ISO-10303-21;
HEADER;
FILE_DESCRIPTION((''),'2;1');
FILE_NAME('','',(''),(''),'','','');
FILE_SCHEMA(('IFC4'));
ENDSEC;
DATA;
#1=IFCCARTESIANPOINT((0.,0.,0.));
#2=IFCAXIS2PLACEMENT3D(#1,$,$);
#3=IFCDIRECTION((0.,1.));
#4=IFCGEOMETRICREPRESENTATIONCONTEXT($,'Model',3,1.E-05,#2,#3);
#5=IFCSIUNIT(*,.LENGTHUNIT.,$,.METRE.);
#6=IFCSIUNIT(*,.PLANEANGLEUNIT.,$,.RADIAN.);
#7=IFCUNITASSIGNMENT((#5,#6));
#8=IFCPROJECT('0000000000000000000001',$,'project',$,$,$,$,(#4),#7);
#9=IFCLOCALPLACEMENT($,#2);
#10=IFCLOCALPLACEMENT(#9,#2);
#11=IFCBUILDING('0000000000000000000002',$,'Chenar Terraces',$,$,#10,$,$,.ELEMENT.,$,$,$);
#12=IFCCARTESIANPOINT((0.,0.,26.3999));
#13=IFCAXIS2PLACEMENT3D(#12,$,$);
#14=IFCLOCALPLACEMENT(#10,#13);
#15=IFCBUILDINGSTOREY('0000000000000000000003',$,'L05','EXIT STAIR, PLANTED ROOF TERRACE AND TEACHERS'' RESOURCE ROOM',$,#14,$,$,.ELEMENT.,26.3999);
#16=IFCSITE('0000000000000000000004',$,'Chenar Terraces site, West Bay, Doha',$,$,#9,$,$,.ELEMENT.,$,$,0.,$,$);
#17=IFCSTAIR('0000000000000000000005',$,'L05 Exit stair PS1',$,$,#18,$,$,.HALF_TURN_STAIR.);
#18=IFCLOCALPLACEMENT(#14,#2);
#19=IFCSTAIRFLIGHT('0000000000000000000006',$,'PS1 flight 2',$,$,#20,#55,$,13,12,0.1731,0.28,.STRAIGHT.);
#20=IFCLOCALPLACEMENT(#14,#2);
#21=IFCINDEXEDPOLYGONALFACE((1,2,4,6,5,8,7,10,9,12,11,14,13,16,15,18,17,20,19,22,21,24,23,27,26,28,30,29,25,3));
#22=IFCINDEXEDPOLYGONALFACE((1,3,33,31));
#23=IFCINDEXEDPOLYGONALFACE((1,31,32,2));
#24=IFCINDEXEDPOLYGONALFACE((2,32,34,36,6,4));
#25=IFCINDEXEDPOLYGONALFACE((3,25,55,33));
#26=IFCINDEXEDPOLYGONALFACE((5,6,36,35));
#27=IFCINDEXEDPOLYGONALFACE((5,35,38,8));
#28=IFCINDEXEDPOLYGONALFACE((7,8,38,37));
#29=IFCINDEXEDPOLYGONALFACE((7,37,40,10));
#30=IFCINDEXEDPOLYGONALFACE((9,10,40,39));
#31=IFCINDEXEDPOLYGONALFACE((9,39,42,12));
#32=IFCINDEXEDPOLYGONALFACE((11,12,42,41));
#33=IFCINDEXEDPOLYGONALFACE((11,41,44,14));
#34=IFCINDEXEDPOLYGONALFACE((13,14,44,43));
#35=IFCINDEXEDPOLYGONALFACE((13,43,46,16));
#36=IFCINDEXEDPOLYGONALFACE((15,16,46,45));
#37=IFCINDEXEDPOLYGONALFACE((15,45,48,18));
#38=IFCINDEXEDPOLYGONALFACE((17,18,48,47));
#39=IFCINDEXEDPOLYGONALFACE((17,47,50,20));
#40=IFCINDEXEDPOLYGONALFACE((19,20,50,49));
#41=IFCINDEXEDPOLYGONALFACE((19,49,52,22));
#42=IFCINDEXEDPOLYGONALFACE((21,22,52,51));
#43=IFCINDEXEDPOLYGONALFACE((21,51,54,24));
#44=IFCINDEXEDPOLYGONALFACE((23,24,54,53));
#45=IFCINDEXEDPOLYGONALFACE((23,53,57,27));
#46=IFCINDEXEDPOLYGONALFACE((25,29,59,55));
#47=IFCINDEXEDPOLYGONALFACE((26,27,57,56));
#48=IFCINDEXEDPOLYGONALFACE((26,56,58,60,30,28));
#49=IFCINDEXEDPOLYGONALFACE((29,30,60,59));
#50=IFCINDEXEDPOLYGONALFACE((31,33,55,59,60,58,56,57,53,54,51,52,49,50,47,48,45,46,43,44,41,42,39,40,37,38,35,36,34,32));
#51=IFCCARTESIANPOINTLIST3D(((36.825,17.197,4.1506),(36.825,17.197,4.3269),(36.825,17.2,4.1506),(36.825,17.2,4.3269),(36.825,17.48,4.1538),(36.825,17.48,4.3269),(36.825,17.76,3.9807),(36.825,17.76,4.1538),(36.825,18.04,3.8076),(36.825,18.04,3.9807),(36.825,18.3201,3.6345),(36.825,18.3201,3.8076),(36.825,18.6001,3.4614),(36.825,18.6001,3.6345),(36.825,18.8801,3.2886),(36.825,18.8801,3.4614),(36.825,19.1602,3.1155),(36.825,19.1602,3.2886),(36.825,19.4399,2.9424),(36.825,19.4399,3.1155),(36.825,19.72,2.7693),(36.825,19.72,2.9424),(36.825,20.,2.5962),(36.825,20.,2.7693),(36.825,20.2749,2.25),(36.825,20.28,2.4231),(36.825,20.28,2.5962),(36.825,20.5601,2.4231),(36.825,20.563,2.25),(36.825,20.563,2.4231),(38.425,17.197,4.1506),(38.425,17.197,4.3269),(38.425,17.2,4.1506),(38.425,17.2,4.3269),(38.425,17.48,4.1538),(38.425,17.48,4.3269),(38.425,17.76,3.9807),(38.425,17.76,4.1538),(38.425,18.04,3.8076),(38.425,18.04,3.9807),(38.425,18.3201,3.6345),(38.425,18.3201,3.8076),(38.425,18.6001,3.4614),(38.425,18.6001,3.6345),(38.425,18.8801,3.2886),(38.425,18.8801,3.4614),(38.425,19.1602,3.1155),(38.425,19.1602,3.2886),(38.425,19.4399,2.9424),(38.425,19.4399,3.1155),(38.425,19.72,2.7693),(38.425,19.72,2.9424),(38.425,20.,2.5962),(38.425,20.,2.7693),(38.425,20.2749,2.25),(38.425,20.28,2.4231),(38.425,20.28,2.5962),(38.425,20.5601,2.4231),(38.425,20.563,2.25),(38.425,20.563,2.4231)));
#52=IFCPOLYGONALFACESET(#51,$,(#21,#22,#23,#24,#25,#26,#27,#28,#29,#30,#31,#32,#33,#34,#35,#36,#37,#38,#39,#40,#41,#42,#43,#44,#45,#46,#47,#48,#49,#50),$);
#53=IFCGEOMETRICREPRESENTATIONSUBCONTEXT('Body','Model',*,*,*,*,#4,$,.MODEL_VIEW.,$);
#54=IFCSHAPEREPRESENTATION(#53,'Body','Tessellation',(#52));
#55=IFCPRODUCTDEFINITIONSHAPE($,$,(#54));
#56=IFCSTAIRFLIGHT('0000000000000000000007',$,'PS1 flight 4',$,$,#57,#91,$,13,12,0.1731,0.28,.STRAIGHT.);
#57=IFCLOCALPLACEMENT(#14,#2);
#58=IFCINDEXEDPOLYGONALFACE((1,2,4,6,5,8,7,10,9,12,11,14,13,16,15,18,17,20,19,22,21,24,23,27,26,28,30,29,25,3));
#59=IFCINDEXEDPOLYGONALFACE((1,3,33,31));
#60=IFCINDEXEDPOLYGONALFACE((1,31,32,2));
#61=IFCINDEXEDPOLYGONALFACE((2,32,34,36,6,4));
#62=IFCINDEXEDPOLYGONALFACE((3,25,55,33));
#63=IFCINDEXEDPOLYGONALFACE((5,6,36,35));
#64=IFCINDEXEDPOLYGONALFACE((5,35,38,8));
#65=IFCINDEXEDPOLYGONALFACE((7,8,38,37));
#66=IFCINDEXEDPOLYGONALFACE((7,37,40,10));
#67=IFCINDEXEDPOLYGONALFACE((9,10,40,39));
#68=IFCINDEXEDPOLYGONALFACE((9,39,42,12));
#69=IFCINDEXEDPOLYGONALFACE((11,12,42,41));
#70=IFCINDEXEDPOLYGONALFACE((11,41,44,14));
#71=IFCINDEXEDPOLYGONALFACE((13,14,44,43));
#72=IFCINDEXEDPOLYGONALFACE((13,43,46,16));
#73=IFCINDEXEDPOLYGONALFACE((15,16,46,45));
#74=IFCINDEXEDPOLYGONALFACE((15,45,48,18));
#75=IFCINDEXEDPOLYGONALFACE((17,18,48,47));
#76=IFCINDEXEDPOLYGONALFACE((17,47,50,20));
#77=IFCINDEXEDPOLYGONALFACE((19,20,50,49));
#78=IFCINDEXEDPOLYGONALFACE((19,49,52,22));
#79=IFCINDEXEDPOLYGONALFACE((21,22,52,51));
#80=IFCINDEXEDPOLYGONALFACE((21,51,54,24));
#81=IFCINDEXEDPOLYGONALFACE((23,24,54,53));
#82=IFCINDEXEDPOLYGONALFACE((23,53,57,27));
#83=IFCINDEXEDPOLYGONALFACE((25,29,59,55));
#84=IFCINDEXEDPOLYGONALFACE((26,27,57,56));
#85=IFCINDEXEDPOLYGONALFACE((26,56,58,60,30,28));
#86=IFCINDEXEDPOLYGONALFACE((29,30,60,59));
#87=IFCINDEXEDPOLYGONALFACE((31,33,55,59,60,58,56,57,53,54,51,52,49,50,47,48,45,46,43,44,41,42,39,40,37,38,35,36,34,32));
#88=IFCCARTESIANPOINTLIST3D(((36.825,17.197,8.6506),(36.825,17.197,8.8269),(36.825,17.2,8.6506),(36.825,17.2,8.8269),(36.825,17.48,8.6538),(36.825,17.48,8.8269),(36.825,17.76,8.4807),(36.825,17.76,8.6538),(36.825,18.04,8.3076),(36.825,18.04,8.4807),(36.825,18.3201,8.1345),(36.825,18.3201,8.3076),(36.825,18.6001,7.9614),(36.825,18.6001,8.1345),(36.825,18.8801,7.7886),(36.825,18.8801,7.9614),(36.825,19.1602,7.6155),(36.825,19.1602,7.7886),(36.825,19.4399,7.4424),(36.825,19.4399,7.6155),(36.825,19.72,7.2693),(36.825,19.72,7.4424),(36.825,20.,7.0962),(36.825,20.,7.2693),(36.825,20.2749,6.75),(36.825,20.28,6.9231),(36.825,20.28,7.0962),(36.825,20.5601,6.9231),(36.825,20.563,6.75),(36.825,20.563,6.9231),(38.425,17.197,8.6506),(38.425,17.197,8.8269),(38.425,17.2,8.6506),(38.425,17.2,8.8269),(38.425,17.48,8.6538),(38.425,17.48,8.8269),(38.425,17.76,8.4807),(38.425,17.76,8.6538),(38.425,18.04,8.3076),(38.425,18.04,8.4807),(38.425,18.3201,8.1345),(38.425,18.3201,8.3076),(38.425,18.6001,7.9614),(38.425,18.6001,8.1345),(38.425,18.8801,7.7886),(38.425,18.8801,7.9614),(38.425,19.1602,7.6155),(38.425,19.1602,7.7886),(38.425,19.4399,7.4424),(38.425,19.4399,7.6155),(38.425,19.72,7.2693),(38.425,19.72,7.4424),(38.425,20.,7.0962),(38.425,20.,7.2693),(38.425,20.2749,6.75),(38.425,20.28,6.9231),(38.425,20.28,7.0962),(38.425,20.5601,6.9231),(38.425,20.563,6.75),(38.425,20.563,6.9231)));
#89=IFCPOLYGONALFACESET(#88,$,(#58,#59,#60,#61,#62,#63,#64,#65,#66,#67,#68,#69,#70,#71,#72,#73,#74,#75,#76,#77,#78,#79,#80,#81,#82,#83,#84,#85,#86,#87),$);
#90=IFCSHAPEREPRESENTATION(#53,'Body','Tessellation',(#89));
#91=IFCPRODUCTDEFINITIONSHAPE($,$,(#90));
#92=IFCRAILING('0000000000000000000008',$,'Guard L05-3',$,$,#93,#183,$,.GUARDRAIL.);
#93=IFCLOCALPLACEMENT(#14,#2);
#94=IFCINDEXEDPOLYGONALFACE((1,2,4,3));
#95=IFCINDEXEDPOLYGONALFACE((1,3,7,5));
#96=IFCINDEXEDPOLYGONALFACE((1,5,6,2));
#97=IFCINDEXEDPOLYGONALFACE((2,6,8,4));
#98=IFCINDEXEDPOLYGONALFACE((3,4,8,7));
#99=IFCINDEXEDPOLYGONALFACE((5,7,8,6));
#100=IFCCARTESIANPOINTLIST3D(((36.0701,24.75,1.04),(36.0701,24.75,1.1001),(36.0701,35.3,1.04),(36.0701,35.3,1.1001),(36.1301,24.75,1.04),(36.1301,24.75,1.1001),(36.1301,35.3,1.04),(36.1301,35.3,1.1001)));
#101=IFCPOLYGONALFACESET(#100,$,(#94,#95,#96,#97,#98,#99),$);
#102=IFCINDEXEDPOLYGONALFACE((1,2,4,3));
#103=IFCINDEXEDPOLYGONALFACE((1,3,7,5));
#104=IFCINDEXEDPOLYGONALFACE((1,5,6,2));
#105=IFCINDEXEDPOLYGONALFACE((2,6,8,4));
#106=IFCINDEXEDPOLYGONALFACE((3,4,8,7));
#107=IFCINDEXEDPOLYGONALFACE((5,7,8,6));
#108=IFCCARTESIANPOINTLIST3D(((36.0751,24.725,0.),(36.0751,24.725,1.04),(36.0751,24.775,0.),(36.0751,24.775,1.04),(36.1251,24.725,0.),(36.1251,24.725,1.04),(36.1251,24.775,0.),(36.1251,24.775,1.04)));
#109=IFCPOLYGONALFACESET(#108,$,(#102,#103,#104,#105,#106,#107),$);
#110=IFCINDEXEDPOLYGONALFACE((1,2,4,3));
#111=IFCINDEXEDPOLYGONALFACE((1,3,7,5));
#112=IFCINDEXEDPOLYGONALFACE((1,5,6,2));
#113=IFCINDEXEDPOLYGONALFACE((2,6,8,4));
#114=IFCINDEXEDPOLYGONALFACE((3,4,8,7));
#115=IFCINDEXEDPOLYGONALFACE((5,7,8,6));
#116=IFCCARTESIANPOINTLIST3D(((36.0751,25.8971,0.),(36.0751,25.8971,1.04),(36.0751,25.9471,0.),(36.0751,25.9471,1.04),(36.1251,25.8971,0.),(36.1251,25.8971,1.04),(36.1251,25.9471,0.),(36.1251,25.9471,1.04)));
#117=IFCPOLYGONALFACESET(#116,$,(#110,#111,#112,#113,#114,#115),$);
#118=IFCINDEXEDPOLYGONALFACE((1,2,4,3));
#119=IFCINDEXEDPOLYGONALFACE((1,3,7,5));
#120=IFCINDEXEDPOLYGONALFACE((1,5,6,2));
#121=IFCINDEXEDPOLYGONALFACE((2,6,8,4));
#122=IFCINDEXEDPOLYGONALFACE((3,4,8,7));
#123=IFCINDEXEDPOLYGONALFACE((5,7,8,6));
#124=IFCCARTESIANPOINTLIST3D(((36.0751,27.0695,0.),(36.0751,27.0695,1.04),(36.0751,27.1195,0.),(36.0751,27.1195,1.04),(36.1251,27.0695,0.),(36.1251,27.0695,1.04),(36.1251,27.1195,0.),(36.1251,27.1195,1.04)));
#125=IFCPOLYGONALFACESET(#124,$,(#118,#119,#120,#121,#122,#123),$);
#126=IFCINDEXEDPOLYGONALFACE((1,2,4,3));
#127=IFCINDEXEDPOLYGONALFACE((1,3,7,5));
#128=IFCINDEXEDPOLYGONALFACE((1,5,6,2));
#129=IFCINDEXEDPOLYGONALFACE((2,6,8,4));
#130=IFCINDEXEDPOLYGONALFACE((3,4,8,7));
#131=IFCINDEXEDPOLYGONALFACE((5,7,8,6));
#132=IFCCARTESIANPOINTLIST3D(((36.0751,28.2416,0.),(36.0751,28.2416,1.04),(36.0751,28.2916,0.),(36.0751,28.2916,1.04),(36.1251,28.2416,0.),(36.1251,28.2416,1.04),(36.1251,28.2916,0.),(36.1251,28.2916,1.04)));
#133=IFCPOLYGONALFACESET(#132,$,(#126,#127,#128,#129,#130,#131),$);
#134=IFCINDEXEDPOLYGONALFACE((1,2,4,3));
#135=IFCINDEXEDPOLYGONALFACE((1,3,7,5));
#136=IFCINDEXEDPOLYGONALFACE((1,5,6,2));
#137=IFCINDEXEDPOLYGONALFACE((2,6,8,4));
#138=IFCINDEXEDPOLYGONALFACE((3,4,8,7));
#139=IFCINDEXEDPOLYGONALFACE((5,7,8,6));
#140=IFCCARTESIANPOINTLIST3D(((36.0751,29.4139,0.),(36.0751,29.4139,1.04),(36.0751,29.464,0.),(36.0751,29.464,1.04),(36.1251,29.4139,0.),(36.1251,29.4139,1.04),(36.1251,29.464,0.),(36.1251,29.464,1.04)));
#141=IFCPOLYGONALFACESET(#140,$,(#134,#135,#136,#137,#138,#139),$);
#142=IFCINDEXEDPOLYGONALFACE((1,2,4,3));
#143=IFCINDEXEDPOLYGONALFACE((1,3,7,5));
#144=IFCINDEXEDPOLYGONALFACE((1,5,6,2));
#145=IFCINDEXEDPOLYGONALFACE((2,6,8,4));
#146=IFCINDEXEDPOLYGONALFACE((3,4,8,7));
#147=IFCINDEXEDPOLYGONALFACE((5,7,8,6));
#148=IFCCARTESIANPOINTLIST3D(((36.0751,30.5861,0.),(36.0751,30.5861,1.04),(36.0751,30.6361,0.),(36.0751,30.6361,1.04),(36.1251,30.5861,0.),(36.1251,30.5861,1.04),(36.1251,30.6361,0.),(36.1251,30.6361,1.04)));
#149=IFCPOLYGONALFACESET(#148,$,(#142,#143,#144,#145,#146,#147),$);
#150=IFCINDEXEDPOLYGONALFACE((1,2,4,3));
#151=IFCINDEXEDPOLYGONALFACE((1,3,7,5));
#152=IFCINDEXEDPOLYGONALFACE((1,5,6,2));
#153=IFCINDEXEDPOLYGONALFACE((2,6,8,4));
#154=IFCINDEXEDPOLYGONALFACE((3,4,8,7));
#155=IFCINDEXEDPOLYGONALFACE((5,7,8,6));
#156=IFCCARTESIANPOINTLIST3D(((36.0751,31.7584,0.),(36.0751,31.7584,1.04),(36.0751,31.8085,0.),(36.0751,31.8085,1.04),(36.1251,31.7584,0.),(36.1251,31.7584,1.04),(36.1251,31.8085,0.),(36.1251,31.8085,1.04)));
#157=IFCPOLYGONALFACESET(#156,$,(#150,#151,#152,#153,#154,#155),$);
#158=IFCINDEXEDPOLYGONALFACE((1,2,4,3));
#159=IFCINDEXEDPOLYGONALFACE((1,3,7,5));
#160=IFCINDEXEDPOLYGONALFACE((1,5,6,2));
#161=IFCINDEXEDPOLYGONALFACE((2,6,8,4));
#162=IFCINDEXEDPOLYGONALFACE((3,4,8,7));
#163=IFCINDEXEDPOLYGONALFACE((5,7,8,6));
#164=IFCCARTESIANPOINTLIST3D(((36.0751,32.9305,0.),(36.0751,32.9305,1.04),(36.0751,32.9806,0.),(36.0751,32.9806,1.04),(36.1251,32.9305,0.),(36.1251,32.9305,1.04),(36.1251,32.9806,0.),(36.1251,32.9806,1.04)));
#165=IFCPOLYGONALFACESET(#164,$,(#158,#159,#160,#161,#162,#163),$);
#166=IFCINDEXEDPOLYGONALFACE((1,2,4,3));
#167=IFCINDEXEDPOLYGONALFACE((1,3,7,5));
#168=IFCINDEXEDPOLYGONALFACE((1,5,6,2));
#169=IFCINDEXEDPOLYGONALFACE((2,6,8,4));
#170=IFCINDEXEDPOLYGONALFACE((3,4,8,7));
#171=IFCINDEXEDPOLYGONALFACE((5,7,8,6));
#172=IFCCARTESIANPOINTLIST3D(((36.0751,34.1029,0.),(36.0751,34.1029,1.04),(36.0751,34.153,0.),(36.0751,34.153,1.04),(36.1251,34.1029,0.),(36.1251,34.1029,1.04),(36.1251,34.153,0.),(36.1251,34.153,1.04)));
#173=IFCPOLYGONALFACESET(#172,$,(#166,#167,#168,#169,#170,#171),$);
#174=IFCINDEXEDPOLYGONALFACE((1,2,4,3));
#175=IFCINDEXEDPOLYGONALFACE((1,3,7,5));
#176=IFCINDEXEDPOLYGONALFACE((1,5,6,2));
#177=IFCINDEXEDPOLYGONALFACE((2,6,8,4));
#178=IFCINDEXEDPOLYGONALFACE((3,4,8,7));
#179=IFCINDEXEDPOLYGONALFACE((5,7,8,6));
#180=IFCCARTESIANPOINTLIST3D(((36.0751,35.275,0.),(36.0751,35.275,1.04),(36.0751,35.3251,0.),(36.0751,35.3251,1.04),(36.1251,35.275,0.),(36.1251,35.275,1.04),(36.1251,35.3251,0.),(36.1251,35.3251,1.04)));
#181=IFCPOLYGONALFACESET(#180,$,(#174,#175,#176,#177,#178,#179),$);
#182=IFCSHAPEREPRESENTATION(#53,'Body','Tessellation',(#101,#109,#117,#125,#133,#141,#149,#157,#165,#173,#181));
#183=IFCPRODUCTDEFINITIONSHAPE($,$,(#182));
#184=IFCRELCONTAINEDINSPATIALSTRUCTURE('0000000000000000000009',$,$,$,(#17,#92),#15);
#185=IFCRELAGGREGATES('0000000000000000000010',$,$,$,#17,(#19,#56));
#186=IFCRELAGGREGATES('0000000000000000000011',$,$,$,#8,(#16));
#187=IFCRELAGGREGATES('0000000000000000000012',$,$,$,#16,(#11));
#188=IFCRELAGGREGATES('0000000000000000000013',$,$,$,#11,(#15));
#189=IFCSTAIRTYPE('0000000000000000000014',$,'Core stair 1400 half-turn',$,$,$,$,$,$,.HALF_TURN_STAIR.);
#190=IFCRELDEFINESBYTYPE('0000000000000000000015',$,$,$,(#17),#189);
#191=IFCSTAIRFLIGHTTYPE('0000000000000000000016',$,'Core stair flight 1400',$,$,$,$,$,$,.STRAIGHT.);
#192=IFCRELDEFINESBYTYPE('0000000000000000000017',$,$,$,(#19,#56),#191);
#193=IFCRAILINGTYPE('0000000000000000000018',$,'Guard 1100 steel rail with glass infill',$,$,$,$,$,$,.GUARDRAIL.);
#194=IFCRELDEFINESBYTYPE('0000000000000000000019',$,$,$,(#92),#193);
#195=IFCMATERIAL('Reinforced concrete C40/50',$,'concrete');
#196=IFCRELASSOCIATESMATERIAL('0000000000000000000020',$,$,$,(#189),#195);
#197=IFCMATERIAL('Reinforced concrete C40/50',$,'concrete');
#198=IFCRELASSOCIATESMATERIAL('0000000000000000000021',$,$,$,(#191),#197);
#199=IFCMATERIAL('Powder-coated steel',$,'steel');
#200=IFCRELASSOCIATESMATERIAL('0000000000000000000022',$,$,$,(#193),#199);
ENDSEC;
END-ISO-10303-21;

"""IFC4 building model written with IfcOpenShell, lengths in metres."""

from ifc_helpers import new_model, si_unit, direction, frame, origin, origin_2d, place, context, subcontext, project, spatial, polyline, rectangle, outline, extrude, material, type_object, element, aggregate, save


model = new_model("IFC4")

# Units and contexts
model_context = context("Model", 3, precision=1e-05, world=origin(), true_north=direction((0.0, 1.0)))
body_context = subcontext(model_context, "Body", "Model", "MODEL_VIEW")
ifc_project = project(units=[si_unit("LENGTHUNIT", "METRE"), si_unit("PLANEANGLEUNIT", "RADIAN")], contexts=[model_context])

# Site, building, storey
site_placement = place(None, origin())
site = spatial("IfcSite", under=ifc_project, at=site_placement, Name="Chenar Terraces site, West Bay, Doha", CompositionType="ELEMENT", RefElevation=0.0)
building_placement = place(site_placement, origin())
building = spatial("IfcBuilding", under=site, at=building_placement, Name="Chenar Terraces", CompositionType="ELEMENT")
storey_placement = place(building_placement, frame((0.0, 0.0, 26.3999)))
storey = spatial("IfcBuildingStorey", under=building, at=storey_placement, Name="L05", Description="EXIT STAIR, PLANTED ROOF TERRACE AND TEACHERS' RESOURCE ROOM", CompositionType="ELEMENT", Elevation=26.3999)

# Shared definitions
placement = place(storey_placement, origin())

# Stair, stair flights
ifc_material_1 = material(Name="Reinforced concrete C40/50", Category="concrete")
stair_type = type_object("IfcStairType", Name="Core stair 1400 half-turn", PredefinedType="HALF_TURN_STAIR", material=ifc_material_1)
stair = element("IfcStair", 1, at=placement, inside=storey, type_object=stair_type, Name="L05 Exit stair PS1", PredefinedType="HALF_TURN_STAIR")
ifc_material_2 = material(Name="Reinforced concrete C40/50", Category="concrete")
stair_flight_type = type_object("IfcStairFlightType", Name="Core stair flight 1400", PredefinedType="STRAIGHT", material=ifc_material_2)
stair_flight_1_placement = place(storey_placement, frame((37.625, 20.5601, 2.25), z_axis=(0.0, 0.0, 1.0), x_axis=(0.0, -1.0, 0.0)))
stair_flight_1 = element("IfcStairFlight", 2, at=stair_flight_1_placement, type_object=stair_flight_type, Name="PS1 flight 2", NumberOfRisers=13, NumberOfTreads=12, PredefinedType="STRAIGHT", RiserHeight=0.1731, TreadLength=0.28, context=body_context, shape_type="SweptSolid", body=[
    extrude(outline(polyline([(-0.0029, 0.0), (-0.0029, 0.1731), (0.0, 0.1731), (0.28, 0.1731), (0.28, 0.3462), (0.5601, 0.3462), (0.5601, 0.5193), (0.8401, 0.5193), (0.8401, 0.6924), (1.1201, 0.6924), (1.1201, 0.8655), (1.3999, 0.8655), (1.3999, 1.0386), (1.6799, 1.0386), (1.6799, 1.2114), (1.96, 1.2114), (1.96, 1.3845), (2.24, 1.3845), (2.24, 1.5576), (2.52, 1.5576), (2.52, 1.7307), (2.8, 1.7307), (2.8, 1.9038), (3.0801, 1.9038), (3.0801, 2.0769), (3.3601, 2.0769), (3.363, 2.0769), (3.363, 1.9006), (3.3601, 1.9006), (0.2852, 0.0), (-0.0029, 0.0)])), frame((0.0, 0.8, 0.0), z_axis=(0.0, -1.0, 0.0), x_axis=(1.0, 0.0, 0.0)), (0.0, 0.0, 1.0), 1.6001),
])
stair_flight_2_placement = place(storey_placement, frame((37.625, 20.5601, 6.75), z_axis=(0.0, 0.0, 1.0), x_axis=(0.0, -1.0, 0.0)))
stair_flight_2 = element("IfcStairFlight", 3, at=stair_flight_2_placement, type_object=stair_flight_type, Name="PS1 flight 4", NumberOfRisers=13, NumberOfTreads=12, PredefinedType="STRAIGHT", RiserHeight=0.1731, TreadLength=0.28, context=body_context, shape_type="SweptSolid", body=[
    extrude(outline(polyline([(-0.0029, 0.0), (-0.0029, 0.1731), (0.0, 0.1731), (0.28, 0.1731), (0.28, 0.3462), (0.5601, 0.3462), (0.5601, 0.5193), (0.8401, 0.5193), (0.8401, 0.6924), (1.1201, 0.6924), (1.1201, 0.8655), (1.3999, 0.8655), (1.3999, 1.0386), (1.6799, 1.0386), (1.6799, 1.2114), (1.96, 1.2114), (1.96, 1.3845), (2.24, 1.3845), (2.24, 1.5576), (2.52, 1.5576), (2.52, 1.7307), (2.8, 1.7307), (2.8, 1.9038), (3.0801, 1.9038), (3.0801, 2.0769), (3.3601, 2.0769), (3.363, 2.0769), (3.363, 1.9006), (3.3601, 1.9006), (0.2852, 0.0), (-0.0029, 0.0)])), frame((0.0, 0.8, 0.0), z_axis=(0.0, -1.0, 0.0), x_axis=(1.0, 0.0, 0.0)), (0.0, 0.0, 1.0), 1.6001),
])
aggregate(stair, [stair_flight_1, stair_flight_2])

# Railing
ifc_material_3 = material(Name="Powder-coated steel", Category="steel")
railing_type_1 = type_object("IfcRailingType", Name="Guard 1100 steel rail with glass infill", PredefinedType="GUARDRAIL", material=ifc_material_3)
railing_1_placement = place(storey_placement, frame((36.1001, 24.75, 0.0)))
element("IfcRailing", 4, at=railing_1_placement, inside=storey, type_object=railing_type_1, Name="Guard L05-3", PredefinedType="GUARDRAIL", context=body_context, shape_type="SweptSolid", body=[
    extrude(rectangle(XDim=0.0601, YDim=0.0601, at=origin_2d()), frame((0.0, 0.0, 1.0701), z_axis=(0.0, 1.0, 0.0), x_axis=(-1.0, 0.0, 0.0)), (0.0, 0.0, 1.0), 10.55),
    extrude(rectangle(XDim=0.05, YDim=0.05, at=origin_2d()), origin(), (0.0, 0.0, 1.0), 1.04),
    extrude(rectangle(XDim=0.05, YDim=0.05, at=origin_2d()), frame((0.0, 1.1721, 0.0)), (0.0, 0.0, 1.0), 1.04),
    extrude(rectangle(XDim=0.05, YDim=0.05, at=origin_2d()), frame((0.0, 2.3445, 0.0)), (0.0, 0.0, 1.0), 1.04),
    extrude(rectangle(XDim=0.05, YDim=0.05, at=origin_2d()), frame((0.0, 3.5166, 0.0)), (0.0, 0.0, 1.0), 1.04),
    extrude(rectangle(XDim=0.05, YDim=0.05, at=origin_2d()), frame((0.0, 4.689, 0.0)), (0.0, 0.0, 1.0), 1.04),
    extrude(rectangle(XDim=0.05, YDim=0.05, at=origin_2d()), frame((0.0, 5.8611, 0.0)), (0.0, 0.0, 1.0), 1.04),
    extrude(rectangle(XDim=0.05, YDim=0.05, at=origin_2d()), frame((0.0, 7.0334, 0.0)), (0.0, 0.0, 1.0), 1.04),
    extrude(rectangle(XDim=0.05, YDim=0.05, at=origin_2d()), frame((0.0, 8.2056, 0.0)), (0.0, 0.0, 1.0), 1.04),
    extrude(rectangle(XDim=0.05, YDim=0.05, at=origin_2d()), frame((0.0, 9.3779, 0.0)), (0.0, 0.0, 1.0), 1.04),
    extrude(rectangle(XDim=0.05, YDim=0.05, at=origin_2d()), frame((0.0, 10.55, 0.0)), (0.0, 0.0, 1.0), 1.04),
])

save(model, "model.ifc")
